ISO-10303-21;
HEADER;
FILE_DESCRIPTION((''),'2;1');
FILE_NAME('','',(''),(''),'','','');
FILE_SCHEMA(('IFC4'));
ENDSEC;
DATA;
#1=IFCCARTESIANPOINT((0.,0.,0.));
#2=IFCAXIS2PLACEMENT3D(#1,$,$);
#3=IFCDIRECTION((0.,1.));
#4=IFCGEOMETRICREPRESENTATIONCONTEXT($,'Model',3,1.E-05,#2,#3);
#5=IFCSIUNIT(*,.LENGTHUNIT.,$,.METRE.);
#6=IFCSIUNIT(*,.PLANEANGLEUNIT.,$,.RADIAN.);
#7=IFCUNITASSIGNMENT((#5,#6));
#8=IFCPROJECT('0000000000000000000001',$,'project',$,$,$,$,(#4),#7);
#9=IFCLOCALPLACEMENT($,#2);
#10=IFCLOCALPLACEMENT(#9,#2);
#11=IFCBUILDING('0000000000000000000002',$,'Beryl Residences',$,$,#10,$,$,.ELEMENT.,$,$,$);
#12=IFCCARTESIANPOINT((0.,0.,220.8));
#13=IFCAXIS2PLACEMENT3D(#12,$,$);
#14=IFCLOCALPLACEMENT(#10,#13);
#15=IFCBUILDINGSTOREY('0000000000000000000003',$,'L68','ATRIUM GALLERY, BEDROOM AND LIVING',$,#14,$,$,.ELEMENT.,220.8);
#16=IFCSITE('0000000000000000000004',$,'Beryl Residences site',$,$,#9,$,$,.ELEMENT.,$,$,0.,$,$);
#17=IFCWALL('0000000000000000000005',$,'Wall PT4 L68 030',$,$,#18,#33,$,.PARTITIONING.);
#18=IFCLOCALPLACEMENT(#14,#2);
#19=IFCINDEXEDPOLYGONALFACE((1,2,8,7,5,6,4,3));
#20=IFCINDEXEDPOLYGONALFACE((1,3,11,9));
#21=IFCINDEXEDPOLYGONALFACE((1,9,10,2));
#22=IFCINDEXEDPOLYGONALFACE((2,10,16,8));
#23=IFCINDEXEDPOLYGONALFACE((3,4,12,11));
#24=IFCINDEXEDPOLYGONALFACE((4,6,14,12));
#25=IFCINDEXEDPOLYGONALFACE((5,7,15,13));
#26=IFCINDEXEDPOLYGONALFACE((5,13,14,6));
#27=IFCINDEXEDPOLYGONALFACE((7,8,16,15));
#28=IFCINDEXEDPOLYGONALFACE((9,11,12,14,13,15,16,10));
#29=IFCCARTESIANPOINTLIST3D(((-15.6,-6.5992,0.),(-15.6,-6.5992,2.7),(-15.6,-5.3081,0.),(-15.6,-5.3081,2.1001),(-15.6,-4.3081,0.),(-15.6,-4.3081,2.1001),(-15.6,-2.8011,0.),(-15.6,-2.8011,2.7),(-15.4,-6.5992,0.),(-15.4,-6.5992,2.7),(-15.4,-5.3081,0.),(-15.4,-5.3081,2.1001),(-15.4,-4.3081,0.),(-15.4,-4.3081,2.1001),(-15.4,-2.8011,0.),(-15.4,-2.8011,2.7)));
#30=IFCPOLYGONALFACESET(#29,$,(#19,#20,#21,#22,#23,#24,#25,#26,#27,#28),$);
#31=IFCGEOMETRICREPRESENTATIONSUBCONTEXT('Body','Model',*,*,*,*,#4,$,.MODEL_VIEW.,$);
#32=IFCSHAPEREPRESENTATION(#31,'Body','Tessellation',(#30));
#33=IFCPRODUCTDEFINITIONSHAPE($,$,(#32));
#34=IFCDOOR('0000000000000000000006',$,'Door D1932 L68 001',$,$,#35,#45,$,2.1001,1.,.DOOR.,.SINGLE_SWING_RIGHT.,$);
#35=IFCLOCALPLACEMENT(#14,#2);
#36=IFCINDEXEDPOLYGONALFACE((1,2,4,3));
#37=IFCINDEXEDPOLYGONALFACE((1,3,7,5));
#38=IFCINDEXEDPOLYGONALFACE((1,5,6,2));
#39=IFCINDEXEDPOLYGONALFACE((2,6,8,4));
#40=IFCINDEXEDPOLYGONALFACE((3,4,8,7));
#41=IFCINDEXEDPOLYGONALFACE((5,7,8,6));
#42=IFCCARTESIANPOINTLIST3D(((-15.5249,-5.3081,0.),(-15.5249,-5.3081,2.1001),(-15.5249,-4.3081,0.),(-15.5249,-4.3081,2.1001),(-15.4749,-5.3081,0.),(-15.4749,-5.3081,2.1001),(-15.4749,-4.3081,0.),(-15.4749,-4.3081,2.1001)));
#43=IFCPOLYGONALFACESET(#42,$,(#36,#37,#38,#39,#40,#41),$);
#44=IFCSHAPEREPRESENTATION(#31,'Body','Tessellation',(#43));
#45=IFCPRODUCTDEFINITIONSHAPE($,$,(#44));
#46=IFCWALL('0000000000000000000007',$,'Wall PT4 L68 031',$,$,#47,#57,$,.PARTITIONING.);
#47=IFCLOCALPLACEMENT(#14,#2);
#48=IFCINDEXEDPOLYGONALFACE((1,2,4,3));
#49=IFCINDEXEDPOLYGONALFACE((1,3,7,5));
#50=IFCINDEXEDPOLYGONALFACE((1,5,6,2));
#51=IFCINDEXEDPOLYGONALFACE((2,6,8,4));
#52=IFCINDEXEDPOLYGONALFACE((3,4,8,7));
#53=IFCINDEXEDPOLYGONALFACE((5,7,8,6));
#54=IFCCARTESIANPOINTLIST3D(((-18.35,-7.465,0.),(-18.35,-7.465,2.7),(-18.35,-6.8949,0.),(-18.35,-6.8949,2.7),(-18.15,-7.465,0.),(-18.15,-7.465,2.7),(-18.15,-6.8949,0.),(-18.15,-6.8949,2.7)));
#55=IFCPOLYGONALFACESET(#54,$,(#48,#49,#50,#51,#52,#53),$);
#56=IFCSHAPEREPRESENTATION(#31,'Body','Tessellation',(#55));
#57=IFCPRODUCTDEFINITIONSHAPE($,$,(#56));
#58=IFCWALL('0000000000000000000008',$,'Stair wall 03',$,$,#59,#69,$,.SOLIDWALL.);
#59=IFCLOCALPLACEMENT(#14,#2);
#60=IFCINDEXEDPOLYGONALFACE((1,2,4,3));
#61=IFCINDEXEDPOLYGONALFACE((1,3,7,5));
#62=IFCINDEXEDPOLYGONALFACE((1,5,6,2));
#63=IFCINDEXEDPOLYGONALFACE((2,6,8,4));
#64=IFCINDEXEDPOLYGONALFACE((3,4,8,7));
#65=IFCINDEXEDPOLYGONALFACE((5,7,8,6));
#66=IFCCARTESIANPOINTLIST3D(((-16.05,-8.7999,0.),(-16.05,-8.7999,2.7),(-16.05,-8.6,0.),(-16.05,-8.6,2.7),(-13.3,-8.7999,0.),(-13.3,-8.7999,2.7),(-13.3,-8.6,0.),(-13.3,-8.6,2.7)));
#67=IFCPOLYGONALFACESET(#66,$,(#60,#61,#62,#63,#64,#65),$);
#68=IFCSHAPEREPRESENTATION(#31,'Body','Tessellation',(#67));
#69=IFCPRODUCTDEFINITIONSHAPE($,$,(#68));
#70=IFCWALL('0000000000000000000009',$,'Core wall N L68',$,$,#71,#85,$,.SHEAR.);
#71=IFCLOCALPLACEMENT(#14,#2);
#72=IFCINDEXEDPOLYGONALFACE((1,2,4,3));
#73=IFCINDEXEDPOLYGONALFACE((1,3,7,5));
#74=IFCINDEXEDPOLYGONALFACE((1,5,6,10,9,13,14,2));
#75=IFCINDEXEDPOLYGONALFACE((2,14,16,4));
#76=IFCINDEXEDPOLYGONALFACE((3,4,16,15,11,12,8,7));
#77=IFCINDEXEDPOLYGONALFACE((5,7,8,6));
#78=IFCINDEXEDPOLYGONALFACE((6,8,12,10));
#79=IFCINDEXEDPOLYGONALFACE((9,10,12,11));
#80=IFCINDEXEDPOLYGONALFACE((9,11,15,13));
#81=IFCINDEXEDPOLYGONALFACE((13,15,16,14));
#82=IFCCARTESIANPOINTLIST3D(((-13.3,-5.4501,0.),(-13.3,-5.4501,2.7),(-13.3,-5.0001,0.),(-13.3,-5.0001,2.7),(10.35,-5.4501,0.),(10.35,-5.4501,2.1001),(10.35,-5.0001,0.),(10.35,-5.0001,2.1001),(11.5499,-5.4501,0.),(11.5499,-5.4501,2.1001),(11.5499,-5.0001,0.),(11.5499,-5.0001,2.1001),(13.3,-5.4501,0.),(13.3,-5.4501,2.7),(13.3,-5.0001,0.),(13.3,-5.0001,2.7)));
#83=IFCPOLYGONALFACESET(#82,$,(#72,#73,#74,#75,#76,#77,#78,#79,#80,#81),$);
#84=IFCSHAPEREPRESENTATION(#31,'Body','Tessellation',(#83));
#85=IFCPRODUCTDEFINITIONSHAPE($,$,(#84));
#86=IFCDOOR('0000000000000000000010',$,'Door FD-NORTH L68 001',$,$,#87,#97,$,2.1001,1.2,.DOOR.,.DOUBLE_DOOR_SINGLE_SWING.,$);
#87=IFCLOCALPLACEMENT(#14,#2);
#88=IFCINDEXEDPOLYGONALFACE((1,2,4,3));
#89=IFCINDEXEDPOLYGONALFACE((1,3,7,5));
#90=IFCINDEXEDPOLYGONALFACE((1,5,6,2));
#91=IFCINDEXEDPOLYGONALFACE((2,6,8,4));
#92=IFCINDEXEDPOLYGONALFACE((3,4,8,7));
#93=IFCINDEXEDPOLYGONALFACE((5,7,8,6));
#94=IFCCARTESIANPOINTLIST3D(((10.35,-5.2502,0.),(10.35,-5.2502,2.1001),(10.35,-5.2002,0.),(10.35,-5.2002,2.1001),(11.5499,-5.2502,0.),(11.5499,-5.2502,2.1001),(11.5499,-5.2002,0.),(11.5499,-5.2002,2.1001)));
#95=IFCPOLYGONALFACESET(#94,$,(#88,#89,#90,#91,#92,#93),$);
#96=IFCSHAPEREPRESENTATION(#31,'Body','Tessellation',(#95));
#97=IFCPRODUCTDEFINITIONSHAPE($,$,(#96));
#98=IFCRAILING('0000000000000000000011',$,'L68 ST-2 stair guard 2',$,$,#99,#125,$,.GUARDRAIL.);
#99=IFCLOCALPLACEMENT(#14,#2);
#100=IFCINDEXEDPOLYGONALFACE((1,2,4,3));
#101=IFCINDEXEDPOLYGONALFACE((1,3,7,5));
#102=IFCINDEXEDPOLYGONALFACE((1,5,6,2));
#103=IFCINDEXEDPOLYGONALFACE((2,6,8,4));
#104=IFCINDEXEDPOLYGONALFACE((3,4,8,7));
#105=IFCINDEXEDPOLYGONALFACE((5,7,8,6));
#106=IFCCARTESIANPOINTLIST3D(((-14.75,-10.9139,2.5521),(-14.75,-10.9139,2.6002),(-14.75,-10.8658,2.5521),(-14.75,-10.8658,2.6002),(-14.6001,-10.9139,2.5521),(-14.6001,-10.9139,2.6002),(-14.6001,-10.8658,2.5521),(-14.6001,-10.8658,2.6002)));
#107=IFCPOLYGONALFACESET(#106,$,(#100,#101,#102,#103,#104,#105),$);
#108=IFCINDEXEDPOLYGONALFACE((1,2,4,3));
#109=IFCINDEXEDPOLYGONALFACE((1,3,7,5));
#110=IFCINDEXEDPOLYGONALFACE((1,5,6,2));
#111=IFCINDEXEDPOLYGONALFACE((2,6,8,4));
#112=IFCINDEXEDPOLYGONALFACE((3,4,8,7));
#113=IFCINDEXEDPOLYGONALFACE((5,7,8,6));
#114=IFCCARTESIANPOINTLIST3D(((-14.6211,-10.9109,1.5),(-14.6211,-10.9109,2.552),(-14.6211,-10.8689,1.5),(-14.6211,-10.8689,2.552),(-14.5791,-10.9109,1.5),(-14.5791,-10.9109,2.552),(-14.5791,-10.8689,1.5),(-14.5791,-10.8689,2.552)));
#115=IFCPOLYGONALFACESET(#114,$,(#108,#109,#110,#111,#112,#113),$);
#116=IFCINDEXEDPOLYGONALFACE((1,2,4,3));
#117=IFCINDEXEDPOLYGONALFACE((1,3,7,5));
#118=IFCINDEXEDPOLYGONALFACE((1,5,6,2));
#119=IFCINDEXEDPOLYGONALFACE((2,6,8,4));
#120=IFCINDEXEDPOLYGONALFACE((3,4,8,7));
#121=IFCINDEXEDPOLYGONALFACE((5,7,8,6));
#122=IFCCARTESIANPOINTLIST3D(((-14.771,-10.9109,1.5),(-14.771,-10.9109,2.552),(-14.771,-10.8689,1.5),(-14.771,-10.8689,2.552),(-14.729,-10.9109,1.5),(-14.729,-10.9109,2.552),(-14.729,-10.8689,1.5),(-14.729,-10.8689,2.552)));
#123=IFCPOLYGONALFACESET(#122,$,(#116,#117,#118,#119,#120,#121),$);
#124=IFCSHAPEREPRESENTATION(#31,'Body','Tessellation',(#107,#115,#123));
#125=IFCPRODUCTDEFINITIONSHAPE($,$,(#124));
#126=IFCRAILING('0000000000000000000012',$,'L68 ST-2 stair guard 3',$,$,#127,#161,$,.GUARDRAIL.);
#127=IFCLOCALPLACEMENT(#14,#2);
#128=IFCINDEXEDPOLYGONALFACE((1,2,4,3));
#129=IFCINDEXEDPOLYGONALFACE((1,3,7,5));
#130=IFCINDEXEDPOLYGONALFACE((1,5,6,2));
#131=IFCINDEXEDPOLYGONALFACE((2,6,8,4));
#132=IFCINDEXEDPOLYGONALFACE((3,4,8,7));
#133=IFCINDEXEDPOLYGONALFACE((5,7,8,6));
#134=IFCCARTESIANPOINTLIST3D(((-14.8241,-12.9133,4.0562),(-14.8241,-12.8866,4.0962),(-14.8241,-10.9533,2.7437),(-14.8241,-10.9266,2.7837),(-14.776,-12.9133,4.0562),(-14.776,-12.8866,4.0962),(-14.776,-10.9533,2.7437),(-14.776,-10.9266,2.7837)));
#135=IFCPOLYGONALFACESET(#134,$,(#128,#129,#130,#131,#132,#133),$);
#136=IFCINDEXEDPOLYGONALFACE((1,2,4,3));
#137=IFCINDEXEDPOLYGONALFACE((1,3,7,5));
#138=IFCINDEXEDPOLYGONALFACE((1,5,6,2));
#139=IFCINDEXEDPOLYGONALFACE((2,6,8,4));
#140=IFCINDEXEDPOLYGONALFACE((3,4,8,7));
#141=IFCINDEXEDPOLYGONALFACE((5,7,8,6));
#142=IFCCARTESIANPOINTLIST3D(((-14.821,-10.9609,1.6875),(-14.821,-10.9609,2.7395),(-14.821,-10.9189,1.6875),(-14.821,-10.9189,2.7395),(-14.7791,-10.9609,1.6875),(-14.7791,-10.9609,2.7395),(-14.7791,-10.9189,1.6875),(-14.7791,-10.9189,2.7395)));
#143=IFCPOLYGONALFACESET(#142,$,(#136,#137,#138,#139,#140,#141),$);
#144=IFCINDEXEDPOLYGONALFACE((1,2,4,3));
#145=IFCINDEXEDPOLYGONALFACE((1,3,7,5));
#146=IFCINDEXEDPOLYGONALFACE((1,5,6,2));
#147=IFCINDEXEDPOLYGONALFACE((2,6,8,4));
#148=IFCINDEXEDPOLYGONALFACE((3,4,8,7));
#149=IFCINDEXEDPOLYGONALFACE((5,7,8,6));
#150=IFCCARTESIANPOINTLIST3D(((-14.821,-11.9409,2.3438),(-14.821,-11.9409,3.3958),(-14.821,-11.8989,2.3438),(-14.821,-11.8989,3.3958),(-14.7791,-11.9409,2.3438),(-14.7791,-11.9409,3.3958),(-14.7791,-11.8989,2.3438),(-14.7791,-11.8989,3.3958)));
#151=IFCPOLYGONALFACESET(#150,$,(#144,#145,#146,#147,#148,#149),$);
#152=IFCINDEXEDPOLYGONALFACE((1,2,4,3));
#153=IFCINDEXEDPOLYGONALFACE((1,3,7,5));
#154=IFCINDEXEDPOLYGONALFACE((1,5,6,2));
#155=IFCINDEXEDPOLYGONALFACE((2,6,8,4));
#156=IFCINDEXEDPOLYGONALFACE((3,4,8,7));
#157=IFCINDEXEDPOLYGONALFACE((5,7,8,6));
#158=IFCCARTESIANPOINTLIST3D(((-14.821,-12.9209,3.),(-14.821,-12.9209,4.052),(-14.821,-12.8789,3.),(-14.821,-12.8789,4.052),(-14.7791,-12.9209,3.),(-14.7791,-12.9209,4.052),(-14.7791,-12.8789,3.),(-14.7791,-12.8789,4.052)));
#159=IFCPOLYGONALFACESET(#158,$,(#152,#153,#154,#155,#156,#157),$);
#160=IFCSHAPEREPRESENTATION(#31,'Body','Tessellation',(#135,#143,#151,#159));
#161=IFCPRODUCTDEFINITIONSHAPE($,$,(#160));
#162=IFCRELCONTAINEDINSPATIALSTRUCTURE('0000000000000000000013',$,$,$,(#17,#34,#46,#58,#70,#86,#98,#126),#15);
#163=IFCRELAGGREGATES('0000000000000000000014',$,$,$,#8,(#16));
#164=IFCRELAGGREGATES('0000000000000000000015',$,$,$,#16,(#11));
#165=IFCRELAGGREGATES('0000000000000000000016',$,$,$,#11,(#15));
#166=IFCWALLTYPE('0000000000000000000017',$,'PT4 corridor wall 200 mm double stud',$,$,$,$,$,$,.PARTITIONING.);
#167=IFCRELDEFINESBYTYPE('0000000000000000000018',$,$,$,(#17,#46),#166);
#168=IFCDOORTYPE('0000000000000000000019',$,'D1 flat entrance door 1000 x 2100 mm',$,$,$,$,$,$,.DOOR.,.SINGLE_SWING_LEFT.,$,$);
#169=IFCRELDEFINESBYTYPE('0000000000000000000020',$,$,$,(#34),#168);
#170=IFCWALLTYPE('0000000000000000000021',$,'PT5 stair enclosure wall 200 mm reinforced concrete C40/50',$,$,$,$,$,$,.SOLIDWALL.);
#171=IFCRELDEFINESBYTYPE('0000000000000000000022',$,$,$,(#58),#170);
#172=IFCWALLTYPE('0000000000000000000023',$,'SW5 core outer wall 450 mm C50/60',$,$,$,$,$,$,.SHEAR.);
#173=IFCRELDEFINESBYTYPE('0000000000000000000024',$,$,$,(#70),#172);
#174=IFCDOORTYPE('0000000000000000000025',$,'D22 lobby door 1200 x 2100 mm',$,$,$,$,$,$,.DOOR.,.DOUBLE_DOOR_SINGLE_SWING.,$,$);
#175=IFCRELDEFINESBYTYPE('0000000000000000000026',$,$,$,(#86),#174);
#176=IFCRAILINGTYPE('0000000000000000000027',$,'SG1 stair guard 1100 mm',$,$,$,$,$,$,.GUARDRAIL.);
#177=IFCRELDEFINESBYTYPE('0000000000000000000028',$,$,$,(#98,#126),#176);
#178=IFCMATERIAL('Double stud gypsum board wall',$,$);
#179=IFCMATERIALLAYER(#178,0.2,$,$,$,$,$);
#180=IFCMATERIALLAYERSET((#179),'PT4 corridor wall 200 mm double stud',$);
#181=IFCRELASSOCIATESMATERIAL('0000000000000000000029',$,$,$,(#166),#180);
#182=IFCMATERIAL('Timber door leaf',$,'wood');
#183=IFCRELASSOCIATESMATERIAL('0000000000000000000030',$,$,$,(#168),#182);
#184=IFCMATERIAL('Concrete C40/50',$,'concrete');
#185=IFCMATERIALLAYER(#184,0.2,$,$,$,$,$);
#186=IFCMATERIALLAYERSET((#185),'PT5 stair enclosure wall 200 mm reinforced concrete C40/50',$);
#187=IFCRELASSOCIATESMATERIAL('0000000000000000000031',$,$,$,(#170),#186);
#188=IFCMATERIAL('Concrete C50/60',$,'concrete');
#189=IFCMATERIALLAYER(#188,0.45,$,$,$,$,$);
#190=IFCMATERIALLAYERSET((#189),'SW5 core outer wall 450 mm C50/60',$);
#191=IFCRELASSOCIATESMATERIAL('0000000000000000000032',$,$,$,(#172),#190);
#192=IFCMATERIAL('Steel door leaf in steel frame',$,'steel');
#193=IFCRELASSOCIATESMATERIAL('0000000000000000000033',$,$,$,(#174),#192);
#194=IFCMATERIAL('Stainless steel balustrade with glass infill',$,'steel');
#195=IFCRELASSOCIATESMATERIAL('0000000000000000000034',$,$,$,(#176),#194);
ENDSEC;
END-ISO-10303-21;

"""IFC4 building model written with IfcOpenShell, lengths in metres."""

from ifc_helpers import new_model, si_unit, direction, frame, frame_2d, origin, origin_2d, place, context, subcontext, project, spatial, rectangle, extrude, material, layer, layer_set, type_object, element, fill, save


model = new_model("IFC4")

# Units and contexts
model_context = context("Model", 3, precision=1e-05, world=origin(), true_north=direction((0.0, 1.0)))
body_context = subcontext(model_context, "Body", "Model", "MODEL_VIEW")
ifc_project = project(units=[si_unit("LENGTHUNIT", "METRE"), si_unit("PLANEANGLEUNIT", "RADIAN")], contexts=[model_context])

# Site, building, storey
site_placement = place(None, origin())
site = spatial("IfcSite", under=ifc_project, at=site_placement, Name="Beryl Residences site", CompositionType="ELEMENT", RefElevation=0.0)
building_placement = place(site_placement, origin())
building = spatial("IfcBuilding", under=site, at=building_placement, Name="Beryl Residences", CompositionType="ELEMENT")
storey_placement = place(building_placement, frame((0.0, 0.0, 220.8)))
storey = spatial("IfcBuildingStorey", under=building, at=storey_placement, Name="L68", Description="ATRIUM GALLERY, BEDROOM AND LIVING", CompositionType="ELEMENT", Elevation=220.8)

# Shared definitions
ifc_material_1 = material(Name="Double stud gypsum board wall")
ifc_layer_1 = layer(ifc_material_1, 0.2)
ifc_layer_set_1 = layer_set([ifc_layer_1], Name="PT4 corridor wall 200 mm double stud")
wall_type_1 = type_object("IfcWallType", Name="PT4 corridor wall 200 mm double stud", PredefinedType="PARTITIONING", material=ifc_layer_set_1)

# Wall, opening, door
wall_1_placement = place(storey_placement, frame((-15.5, -6.5991, 0.0), z_axis=(0.0, 0.0, 1.0), x_axis=(0.0, 1.0, 0.0)))
wall_1 = element("IfcWall", 1, at=wall_1_placement, inside=storey, type_object=wall_type_1, Name="Wall PT4 L68 030", PredefinedType="PARTITIONING", context=body_context, shape_type="SweptSolid", body=[
    extrude(rectangle(XDim=3.7981, YDim=0.2, at=frame_2d((1.8989, 0.0))), origin(), (0.0, 0.0, 1.0), 2.7),
])
opening_1_placement = place(wall_1_placement, frame((1.291, 0.0, 0.0)))
opening_1 = element("IfcOpeningElement", 2, at=opening_1_placement, cuts=wall_1, PredefinedType="OPENING", context=body_context, shape_type="SweptSolid", body=[
    extrude(rectangle(XDim=1.0, YDim=2.1001, at=frame_2d((0.5, 1.05))), frame((0.0, 0.1099, 0.0), z_axis=(0.0, -1.0, 0.0), x_axis=(1.0, 0.0, 0.0)), (0.0, 0.0, 1.0), 0.22),
])
ifc_material_2 = material(Name="Timber door leaf", Category="wood")
door_type_1 = type_object("IfcDoorType", Name="D1 flat entrance door 1000 x 2100 mm", OperationType="SINGLE_SWING_LEFT", PredefinedType="DOOR", material=ifc_material_2)
door_1_placement = place(opening_1_placement, origin())
door_1 = element("IfcDoor", 3, at=door_1_placement, inside=storey, type_object=door_type_1, Name="Door D1932 L68 001", OperationType="SINGLE_SWING_RIGHT", OverallHeight=2.1001, OverallWidth=1.0, PredefinedType="DOOR", context=body_context, shape_type="SweptSolid", body=[
    extrude(rectangle(XDim=1.0, YDim=2.1001, at=frame_2d((0.5, 1.05))), frame((0.0, 0.0249, 0.0), z_axis=(0.0, -1.0, 0.0), x_axis=(1.0, 0.0, 0.0)), (0.0, 0.0, 1.0), 0.05),
])
fill(opening_1, door_1)

# Walls
wall_2_placement = place(storey_placement, frame((-18.25, -7.4651, 0.0), z_axis=(0.0, 0.0, 1.0), x_axis=(0.0, 1.0, 0.0)))
element("IfcWall", 4, at=wall_2_placement, inside=storey, type_object=wall_type_1, Name="Wall PT4 L68 031", PredefinedType="PARTITIONING", context=body_context, shape_type="SweptSolid", body=[
    extrude(rectangle(XDim=0.5701, YDim=0.2, at=frame_2d((0.2852, 0.0))), origin(), (0.0, 0.0, 1.0), 2.7),
])
ifc_material_3 = material(Name="Concrete C40/50", Category="concrete")
ifc_layer_2 = layer(ifc_material_3, 0.2)
ifc_layer_set_2 = layer_set([ifc_layer_2], Name="PT5 stair enclosure wall 200 mm reinforced concrete C40/50")
wall_type_2 = type_object("IfcWallType", Name="PT5 stair enclosure wall 200 mm reinforced concrete C40/50", PredefinedType="SOLIDWALL", material=ifc_layer_set_2)
wall_3_placement = place(storey_placement, frame((-16.05, -8.7, 0.0), z_axis=(0.0, 0.0, 1.0), x_axis=(1.0, 0.0, 0.0)))
element("IfcWall", 5, at=wall_3_placement, inside=storey, type_object=wall_type_2, Name="Stair wall 03", PredefinedType="SOLIDWALL", context=body_context, shape_type="SweptSolid", body=[
    extrude(rectangle(XDim=2.75, YDim=0.2, at=frame_2d((1.375, 0.0))), origin(), (0.0, 0.0, 1.0), 2.7),
])

# Wall, opening, door
ifc_material_4 = material(Name="Concrete C50/60", Category="concrete")
ifc_layer_3 = layer(ifc_material_4, 0.45)
ifc_layer_set_3 = layer_set([ifc_layer_3], Name="SW5 core outer wall 450 mm C50/60")
wall_type_3 = type_object("IfcWallType", Name="SW5 core outer wall 450 mm C50/60", PredefinedType="SHEAR", material=ifc_layer_set_3)
wall_4_placement = place(storey_placement, frame((-13.3, -5.2251, 0.0), z_axis=(0.0, 0.0, 1.0), x_axis=(1.0, 0.0, 0.0)))
wall_4 = element("IfcWall", 6, at=wall_4_placement, inside=storey, type_object=wall_type_3, Name="Core wall N L68", PredefinedType="SHEAR", context=body_context, shape_type="SweptSolid", body=[
    extrude(rectangle(XDim=26.6001, YDim=0.45, at=frame_2d((13.3, 0.0))), origin(), (0.0, 0.0, 1.0), 2.7),
])
opening_2_placement = place(wall_4_placement, frame((23.6499, 0.0, 0.0)))
opening_2 = element("IfcOpeningElement", 7, at=opening_2_placement, cuts=wall_4, PredefinedType="OPENING", context=body_context, shape_type="SweptSolid", body=[
    extrude(rectangle(XDim=1.2, YDim=2.1001, at=frame_2d((0.6001, 1.05))), frame((0.0, 0.2349, 0.0), z_axis=(0.0, -1.0, 0.0), x_axis=(1.0, 0.0, 0.0)), (0.0, 0.0, 1.0), 0.47),
])
ifc_material_5 = material(Name="Steel door leaf in steel frame", Category="steel")
door_type_2 = type_object("IfcDoorType", Name="D22 lobby door 1200 x 2100 mm", OperationType="DOUBLE_DOOR_SINGLE_SWING", PredefinedType="DOOR", material=ifc_material_5)
door_2_placement = place(opening_2_placement, origin())
door_2 = element("IfcDoor", 8, at=door_2_placement, inside=storey, type_object=door_type_2, Name="Door FD-NORTH L68 001", OperationType="DOUBLE_DOOR_SINGLE_SWING", OverallHeight=2.1001, OverallWidth=1.2, PredefinedType="DOOR", context=body_context, shape_type="SweptSolid", body=[
    extrude(rectangle(XDim=1.2, YDim=2.1001, at=frame_2d((0.6001, 1.05))), frame((0.0, 0.0249, 0.0), z_axis=(0.0, -1.0, 0.0), x_axis=(1.0, 0.0, 0.0)), (0.0, 0.0, 1.0), 0.05),
])
fill(opening_2, door_2)

# Railings
ifc_material_6 = material(Name="Stainless steel balustrade with glass infill", Category="steel")
railing_type_1 = type_object("IfcRailingType", Name="SG1 stair guard 1100 mm", PredefinedType="GUARDRAIL", material=ifc_material_6)
railing_1_placement = place(storey_placement, frame((-14.6001, -10.8899, 1.5)))
element("IfcRailing", 9, at=railing_1_placement, inside=storey, type_object=railing_type_1, Name="L68 ST-2 stair guard 2", PredefinedType="GUARDRAIL", context=body_context, shape_type="SweptSolid", body=[
    extrude(rectangle(XDim=0.0481, YDim=0.0481, at=origin_2d()), frame((0.0, 0.0, 1.0762), z_axis=(-1.0, 0.0, 0.0), x_axis=(0.0, -1.0, 0.0)), (0.0, 0.0, 1.0), 0.1499),
    extrude(rectangle(XDim=0.042, YDim=0.042, at=origin_2d()), origin(), (0.0, 0.0, 1.0), 1.052),
    extrude(rectangle(XDim=0.042, YDim=0.042, at=origin_2d()), frame((-0.1499, 0.0, 0.0)), (0.0, 0.0, 1.0), 1.052),
])
railing_2_placement = place(storey_placement, frame((-14.8, -10.9399, 1.6875)))
element("IfcRailing", 10, at=railing_2_placement, inside=storey, type_object=railing_type_1, Name="L68 ST-2 stair guard 3", PredefinedType="GUARDRAIL", context=body_context, shape_type="SweptSolid", body=[
    extrude(rectangle(XDim=0.0481, YDim=0.0481, at=origin_2d()), frame((0.0, 0.0, 1.0762), z_axis=(0.0, -0.830902, 0.556419), x_axis=(1.0, 0.0, 0.0)), (0.0, 0.0, 1.0), 2.3589),
    extrude(rectangle(XDim=0.042, YDim=0.042, at=origin_2d()), origin(), (0.0, 0.0, 1.0), 1.052),
    extrude(rectangle(XDim=0.042, YDim=0.042, at=origin_2d()), frame((0.0, -0.98, 0.6562)), (0.0, 0.0, 1.0), 1.052),
    extrude(rectangle(XDim=0.042, YDim=0.042, at=origin_2d()), frame((0.0, -1.96, 1.3125)), (0.0, 0.0, 1.0), 1.052),
])

save(model, "model.ifc")
